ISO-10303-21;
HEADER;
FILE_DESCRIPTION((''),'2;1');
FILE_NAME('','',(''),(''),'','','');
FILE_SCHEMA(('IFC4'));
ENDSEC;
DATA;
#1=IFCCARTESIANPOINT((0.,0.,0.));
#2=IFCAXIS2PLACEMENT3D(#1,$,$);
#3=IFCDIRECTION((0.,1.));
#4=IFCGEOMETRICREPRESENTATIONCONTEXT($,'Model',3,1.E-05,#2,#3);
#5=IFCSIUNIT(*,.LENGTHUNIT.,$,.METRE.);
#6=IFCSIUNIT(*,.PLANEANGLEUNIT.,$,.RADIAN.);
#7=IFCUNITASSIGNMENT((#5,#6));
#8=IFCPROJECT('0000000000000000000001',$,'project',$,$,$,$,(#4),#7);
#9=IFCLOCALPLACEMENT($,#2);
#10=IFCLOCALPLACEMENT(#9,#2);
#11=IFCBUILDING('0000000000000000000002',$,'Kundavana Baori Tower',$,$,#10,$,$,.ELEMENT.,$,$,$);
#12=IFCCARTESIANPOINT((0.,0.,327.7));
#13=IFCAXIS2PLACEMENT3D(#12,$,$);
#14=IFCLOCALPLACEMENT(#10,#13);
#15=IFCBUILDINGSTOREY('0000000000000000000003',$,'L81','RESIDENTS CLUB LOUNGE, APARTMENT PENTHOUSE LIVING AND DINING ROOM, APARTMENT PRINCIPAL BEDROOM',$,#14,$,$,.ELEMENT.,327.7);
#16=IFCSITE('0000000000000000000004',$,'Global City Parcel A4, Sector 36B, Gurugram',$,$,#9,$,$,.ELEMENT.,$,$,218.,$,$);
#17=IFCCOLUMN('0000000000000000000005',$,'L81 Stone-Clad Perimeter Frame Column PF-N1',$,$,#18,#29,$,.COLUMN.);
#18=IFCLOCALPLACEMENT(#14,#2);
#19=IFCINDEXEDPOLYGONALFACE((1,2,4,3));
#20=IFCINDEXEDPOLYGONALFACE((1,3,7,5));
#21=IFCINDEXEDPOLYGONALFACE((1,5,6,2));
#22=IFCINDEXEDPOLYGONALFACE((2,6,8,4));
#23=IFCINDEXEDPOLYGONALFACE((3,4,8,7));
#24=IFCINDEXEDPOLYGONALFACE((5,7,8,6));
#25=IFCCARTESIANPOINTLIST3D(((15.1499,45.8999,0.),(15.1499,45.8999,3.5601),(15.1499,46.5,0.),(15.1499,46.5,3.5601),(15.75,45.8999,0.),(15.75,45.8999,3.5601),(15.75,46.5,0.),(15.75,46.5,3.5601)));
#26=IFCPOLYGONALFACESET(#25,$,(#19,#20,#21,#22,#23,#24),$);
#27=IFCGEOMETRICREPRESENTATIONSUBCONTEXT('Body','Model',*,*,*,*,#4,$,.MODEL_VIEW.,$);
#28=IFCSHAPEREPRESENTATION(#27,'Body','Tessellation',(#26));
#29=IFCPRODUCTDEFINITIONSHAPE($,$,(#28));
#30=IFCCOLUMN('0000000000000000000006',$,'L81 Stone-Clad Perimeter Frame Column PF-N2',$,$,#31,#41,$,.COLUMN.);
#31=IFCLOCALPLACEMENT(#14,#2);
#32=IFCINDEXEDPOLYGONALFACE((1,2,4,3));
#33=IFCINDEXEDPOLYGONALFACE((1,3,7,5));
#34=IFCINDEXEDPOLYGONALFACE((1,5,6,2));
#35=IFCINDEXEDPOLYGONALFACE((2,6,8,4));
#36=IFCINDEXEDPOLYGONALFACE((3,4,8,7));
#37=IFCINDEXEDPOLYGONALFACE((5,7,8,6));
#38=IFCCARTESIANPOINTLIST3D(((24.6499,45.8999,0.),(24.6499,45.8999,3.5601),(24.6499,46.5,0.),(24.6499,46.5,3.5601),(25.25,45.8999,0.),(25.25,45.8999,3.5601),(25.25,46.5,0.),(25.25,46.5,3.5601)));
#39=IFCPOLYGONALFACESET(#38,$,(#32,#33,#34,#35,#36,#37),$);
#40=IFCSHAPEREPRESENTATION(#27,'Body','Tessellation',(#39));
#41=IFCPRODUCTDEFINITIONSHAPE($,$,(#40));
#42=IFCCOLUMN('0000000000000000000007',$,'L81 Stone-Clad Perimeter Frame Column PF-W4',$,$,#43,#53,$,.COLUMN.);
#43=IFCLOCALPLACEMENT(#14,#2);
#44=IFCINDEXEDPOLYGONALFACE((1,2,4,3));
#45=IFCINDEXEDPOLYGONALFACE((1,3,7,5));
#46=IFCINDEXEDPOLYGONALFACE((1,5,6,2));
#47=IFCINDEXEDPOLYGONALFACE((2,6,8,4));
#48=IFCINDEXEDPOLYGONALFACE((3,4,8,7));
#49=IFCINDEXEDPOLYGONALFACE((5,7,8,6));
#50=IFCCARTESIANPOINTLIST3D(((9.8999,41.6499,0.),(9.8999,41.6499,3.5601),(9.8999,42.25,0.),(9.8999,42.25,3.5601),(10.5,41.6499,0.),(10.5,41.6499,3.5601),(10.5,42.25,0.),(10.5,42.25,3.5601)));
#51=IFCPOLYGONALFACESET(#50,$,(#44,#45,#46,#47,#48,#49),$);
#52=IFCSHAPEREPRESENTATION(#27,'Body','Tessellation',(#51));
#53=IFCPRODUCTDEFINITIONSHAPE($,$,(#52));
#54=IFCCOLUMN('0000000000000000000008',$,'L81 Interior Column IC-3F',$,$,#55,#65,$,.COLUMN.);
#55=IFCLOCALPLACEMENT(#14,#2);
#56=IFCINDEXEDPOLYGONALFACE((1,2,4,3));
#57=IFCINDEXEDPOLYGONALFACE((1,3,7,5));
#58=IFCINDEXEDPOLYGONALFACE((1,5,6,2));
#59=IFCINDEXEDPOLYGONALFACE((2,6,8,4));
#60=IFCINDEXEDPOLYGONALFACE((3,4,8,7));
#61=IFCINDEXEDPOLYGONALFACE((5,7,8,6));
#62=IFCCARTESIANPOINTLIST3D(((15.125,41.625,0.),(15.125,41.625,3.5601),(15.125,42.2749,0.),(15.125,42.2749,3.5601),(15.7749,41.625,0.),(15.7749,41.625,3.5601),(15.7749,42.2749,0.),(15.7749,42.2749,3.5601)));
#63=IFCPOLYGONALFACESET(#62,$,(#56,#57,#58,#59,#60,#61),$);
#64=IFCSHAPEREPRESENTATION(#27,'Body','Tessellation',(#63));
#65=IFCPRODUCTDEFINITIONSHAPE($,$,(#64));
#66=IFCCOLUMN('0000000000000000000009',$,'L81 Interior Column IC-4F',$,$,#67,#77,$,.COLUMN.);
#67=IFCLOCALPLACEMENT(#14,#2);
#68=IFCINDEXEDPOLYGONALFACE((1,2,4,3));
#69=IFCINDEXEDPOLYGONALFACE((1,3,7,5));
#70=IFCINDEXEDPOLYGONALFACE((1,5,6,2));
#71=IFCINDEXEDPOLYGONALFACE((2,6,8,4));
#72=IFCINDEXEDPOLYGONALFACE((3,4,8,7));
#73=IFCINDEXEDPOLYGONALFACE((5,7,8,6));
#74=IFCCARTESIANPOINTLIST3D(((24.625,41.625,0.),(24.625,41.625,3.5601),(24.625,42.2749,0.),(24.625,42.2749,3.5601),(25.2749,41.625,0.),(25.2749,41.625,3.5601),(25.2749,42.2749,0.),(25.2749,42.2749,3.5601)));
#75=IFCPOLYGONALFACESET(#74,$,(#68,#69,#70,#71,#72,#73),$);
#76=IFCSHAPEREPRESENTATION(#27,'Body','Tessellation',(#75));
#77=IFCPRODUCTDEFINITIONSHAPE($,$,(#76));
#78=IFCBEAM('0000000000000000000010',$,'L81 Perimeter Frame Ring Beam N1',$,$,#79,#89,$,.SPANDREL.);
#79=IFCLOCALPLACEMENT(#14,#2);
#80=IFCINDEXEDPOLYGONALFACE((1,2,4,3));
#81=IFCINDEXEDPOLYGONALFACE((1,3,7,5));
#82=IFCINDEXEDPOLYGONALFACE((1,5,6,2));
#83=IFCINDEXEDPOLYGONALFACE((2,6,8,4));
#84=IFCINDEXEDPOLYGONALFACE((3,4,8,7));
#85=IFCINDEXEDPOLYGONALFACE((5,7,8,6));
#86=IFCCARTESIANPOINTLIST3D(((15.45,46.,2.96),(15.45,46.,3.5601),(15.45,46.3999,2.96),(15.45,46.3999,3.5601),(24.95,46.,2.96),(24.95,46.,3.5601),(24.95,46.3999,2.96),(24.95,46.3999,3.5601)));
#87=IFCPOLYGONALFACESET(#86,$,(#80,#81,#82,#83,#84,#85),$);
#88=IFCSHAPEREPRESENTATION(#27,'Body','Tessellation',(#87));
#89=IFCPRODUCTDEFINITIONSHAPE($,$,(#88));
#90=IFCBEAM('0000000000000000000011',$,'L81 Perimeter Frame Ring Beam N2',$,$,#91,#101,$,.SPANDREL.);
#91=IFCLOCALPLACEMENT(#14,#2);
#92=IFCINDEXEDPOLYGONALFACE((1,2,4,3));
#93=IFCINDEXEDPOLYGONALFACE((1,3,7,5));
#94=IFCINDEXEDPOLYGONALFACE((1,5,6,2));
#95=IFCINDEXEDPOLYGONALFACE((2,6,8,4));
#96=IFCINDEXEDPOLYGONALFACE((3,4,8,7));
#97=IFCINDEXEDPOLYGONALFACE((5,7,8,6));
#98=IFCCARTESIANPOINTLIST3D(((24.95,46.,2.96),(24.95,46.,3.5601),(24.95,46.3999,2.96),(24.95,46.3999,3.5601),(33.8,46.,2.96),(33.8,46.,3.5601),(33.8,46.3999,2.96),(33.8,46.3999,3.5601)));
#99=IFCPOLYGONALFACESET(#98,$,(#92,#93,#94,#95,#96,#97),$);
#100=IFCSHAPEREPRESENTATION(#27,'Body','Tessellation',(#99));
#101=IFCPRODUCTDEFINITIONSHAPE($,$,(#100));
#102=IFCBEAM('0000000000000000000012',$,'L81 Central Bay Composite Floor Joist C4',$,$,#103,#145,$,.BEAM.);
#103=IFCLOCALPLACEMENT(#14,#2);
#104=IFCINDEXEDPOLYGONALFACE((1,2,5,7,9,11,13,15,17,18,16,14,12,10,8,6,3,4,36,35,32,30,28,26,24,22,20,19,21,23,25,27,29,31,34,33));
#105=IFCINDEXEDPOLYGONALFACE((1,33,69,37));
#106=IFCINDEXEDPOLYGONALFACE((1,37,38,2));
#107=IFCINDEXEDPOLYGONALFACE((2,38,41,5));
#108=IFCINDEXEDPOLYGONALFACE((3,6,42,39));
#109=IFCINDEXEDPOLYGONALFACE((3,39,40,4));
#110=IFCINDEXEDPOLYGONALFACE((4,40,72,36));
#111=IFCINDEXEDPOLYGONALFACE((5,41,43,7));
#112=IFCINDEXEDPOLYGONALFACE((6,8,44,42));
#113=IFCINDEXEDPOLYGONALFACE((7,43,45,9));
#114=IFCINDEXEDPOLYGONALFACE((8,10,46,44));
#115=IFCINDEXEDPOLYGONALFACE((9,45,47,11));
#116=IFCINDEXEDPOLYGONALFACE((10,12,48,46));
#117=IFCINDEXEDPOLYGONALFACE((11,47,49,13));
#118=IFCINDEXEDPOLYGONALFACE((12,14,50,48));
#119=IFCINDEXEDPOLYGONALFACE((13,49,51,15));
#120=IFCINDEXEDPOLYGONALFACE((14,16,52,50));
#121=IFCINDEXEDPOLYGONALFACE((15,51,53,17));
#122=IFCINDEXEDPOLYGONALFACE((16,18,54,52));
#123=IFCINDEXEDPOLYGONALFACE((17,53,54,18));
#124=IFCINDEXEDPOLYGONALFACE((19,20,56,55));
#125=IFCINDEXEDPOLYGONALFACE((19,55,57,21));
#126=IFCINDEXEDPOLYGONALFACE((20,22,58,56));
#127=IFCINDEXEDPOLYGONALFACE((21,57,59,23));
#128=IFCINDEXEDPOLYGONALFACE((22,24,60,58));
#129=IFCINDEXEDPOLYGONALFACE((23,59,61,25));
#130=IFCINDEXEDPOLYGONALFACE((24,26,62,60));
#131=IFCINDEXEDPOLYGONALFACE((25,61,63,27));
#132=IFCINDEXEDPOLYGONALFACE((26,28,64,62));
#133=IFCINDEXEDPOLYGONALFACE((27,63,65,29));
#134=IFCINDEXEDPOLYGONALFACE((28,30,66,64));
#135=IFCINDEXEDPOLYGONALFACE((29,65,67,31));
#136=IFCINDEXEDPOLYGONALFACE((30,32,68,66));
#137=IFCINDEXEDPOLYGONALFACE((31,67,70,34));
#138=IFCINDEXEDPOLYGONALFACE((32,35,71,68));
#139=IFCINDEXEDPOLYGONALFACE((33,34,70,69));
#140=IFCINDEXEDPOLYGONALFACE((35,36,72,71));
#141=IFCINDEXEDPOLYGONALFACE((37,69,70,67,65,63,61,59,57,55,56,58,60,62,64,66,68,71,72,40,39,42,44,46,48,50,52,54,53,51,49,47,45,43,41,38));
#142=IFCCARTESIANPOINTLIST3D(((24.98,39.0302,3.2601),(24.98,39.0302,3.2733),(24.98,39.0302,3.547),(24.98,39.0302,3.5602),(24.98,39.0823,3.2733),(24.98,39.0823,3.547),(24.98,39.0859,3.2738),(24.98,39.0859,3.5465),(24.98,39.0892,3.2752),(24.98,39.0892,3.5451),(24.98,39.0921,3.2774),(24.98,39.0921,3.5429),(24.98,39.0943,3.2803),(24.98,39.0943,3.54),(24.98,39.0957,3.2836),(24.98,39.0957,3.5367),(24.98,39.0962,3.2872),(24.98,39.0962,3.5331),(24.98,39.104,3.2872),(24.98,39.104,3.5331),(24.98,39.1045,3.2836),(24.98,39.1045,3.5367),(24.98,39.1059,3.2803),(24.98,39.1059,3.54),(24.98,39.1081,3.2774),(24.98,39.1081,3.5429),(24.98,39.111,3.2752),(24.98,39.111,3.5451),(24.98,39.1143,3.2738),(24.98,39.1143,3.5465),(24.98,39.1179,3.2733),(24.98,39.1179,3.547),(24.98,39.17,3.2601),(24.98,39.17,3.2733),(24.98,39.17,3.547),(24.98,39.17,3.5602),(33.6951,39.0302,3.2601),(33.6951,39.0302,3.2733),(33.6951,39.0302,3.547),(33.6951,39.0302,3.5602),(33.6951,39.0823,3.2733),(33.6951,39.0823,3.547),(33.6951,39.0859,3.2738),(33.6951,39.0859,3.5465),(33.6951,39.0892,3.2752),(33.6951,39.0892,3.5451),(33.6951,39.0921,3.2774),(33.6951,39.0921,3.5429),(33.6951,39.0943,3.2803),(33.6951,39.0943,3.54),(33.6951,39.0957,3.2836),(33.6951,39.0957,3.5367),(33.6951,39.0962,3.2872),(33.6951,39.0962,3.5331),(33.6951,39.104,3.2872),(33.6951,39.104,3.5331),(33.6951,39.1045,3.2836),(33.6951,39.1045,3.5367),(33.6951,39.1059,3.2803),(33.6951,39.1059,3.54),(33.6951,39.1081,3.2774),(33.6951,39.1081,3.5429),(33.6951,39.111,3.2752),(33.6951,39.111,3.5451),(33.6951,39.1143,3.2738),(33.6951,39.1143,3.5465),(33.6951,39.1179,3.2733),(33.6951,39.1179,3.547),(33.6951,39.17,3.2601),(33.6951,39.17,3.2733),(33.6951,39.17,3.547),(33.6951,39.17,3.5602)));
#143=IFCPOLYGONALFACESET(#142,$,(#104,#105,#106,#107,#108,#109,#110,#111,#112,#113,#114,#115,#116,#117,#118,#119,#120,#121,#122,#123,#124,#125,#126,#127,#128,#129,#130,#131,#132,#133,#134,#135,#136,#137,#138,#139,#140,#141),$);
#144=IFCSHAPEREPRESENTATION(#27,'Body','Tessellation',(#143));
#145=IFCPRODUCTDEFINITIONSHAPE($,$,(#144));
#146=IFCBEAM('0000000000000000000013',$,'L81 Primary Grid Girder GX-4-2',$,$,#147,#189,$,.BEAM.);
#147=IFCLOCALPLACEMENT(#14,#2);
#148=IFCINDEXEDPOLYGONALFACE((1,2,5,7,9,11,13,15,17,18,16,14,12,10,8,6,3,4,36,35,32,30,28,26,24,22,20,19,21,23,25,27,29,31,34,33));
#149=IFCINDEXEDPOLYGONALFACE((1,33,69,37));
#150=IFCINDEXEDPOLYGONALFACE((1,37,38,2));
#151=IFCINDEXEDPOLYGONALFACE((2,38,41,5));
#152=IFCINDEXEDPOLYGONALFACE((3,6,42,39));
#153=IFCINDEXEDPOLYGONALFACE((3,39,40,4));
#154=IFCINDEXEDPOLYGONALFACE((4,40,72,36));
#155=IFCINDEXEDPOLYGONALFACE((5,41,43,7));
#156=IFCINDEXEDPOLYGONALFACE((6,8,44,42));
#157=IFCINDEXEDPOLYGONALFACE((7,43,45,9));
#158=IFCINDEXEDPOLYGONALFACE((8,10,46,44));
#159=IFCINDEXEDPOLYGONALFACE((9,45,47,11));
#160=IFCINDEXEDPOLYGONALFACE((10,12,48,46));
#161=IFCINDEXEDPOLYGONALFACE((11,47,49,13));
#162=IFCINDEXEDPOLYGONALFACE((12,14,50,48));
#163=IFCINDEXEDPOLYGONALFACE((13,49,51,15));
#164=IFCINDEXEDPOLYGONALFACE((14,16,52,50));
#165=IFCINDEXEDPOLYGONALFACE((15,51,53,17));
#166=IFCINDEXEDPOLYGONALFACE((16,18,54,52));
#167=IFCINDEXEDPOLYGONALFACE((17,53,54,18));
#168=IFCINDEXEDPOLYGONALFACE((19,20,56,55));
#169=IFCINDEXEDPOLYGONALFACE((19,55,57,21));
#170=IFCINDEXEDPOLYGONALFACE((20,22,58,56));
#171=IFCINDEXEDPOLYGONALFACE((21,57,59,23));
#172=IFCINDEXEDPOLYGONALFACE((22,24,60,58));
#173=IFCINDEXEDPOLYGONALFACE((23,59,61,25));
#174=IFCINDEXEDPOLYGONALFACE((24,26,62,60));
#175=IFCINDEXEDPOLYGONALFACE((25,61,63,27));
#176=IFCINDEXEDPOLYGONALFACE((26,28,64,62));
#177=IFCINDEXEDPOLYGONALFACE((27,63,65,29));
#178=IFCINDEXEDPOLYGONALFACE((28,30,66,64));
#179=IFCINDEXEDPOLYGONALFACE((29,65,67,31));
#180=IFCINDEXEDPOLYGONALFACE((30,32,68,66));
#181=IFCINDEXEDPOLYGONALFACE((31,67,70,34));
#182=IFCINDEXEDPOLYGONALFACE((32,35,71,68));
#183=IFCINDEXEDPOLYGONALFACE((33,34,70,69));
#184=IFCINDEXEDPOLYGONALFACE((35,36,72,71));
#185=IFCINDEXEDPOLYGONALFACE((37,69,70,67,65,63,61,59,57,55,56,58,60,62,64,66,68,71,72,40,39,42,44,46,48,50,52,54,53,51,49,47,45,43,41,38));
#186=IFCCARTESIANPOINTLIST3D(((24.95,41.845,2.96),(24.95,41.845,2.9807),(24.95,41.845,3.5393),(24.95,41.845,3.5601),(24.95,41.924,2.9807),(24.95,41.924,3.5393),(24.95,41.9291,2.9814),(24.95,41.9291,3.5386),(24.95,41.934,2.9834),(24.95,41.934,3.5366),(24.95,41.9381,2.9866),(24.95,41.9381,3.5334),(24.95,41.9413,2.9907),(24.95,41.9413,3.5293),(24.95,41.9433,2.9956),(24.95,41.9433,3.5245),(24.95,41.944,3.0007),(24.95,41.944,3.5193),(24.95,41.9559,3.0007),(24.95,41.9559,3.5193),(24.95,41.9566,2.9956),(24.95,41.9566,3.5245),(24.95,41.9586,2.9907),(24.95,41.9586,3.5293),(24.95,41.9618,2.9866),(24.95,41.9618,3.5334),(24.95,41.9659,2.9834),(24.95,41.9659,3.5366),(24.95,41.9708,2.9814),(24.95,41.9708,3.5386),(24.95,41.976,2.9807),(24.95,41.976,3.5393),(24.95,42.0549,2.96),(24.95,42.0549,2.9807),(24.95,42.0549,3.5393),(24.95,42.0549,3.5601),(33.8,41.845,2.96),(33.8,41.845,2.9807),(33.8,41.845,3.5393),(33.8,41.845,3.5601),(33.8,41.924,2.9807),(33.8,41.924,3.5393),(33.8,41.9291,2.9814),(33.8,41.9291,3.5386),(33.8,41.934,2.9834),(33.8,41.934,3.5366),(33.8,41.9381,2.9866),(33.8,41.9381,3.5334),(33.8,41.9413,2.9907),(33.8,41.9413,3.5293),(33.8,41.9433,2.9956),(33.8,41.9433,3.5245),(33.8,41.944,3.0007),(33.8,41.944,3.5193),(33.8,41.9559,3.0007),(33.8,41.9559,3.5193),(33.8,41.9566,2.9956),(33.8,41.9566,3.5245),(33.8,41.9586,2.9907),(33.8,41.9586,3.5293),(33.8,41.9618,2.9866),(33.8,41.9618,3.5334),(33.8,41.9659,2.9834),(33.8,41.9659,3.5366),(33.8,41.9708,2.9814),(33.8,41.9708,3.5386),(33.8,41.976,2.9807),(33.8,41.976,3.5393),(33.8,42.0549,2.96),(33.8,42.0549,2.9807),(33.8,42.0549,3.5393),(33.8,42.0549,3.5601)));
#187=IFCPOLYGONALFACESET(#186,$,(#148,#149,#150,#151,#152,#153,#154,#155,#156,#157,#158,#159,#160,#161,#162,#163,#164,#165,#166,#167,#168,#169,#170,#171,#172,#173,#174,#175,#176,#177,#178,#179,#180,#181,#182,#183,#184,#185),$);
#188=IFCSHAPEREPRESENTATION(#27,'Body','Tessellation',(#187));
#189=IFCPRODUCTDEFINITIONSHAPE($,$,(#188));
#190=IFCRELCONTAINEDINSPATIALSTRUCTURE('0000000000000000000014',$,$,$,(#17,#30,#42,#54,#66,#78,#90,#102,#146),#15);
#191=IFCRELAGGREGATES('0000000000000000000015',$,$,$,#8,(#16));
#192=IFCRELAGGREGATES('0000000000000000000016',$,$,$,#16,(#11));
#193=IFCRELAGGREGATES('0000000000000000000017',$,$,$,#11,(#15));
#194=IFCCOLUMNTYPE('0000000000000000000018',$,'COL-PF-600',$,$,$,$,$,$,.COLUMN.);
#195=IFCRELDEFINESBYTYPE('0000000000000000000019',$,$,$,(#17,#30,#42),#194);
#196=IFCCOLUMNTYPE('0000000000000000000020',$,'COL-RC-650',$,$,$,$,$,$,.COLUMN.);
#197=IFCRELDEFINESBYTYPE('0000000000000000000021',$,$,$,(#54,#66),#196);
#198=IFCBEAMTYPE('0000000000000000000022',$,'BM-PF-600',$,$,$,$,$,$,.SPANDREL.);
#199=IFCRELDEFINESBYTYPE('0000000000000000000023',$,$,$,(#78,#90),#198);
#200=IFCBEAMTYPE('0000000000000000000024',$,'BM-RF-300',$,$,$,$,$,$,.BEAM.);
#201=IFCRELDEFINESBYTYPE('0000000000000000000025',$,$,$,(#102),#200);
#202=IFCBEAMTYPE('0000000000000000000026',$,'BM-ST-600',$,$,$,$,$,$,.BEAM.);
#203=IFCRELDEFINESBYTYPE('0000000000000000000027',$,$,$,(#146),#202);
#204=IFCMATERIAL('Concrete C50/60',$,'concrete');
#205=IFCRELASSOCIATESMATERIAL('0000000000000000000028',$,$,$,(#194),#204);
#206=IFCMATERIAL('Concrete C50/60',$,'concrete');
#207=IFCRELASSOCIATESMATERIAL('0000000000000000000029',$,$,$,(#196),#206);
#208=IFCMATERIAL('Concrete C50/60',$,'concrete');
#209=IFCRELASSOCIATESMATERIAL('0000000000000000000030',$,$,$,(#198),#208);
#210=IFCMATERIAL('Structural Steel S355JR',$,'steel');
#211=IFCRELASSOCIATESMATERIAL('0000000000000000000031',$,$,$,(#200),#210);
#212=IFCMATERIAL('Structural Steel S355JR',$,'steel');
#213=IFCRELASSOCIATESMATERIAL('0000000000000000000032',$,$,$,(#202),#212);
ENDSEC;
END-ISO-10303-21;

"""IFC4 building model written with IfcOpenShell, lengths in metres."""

from ifc_helpers import new_model, si_unit, direction, frame, origin, origin_2d, place, context, subcontext, project, spatial, rectangle, i_section, extrude, material, material_profile, profile_set, type_object, element, save


model = new_model("IFC4")

# Units and contexts
model_context = context("Model", 3, precision=1e-05, world=origin(), true_north=direction((0.0, 1.0)))
body_context = subcontext(model_context, "Body", "Model", "MODEL_VIEW")
ifc_project = project(units=[si_unit("LENGTHUNIT", "METRE"), si_unit("PLANEANGLEUNIT", "RADIAN")], contexts=[model_context])

# Site, building, storey
site_placement = place(None, origin())
site = spatial("IfcSite", under=ifc_project, at=site_placement, Name="Global City Parcel A4, Sector 36B, Gurugram", CompositionType="ELEMENT", RefElevation=218.0)
building_placement = place(site_placement, origin())
building = spatial("IfcBuilding", under=site, at=building_placement, Name="Kundavana Baori Tower", CompositionType="ELEMENT")
storey_placement = place(building_placement, frame((0.0, 0.0, 327.7)))
storey = spatial("IfcBuildingStorey", under=building, at=storey_placement, Name="L81", Description="RESIDENTS CLUB LOUNGE, APARTMENT PENTHOUSE LIVING AND DINING ROOM, APARTMENT PRINCIPAL BEDROOM", CompositionType="ELEMENT", Elevation=327.7)

# Columns
ifc_material_1 = material(Name="Concrete C50/60", Category="concrete")
ifc_material_profile_1 = material_profile(ifc_material_1, rectangle(XDim=0.6001, YDim=0.6001, at=origin_2d()), Name="RC PF 600x600")
ifc_profile_set_1 = profile_set([ifc_material_profile_1], Name="Concrete C50/60")
column_type_1 = type_object("IfcColumnType", Name="COL-PF-600", PredefinedType="COLUMN", material=ifc_profile_set_1)
for number, where, z_axis, x_axis, name in (
    (1, (15.45, 46.2, 0.0), (0.0, 0.0, 1.0), (1.0, 0.0, 0.0), "L81 Stone-Clad Perimeter Frame Column PF-N1"),
    (2, (24.95, 46.2, 0.0), (0.0, 0.0, 1.0), (1.0, 0.0, 0.0), "L81 Stone-Clad Perimeter Frame Column PF-N2"),
    (3, (10.2, 41.95, 0.0), (0.0, 0.0, 1.0), (1.0, 0.0, 0.0), "L81 Stone-Clad Perimeter Frame Column PF-W4"),
):
    element("IfcColumn", number, at=place(storey_placement, frame(where, z_axis=z_axis, x_axis=x_axis)), inside=storey, type_object=column_type_1, Name=name, PredefinedType="COLUMN", context=body_context, shape_type="SweptSolid", body=[
        extrude(rectangle(XDim=0.6001, YDim=0.6001, at=origin_2d()), origin(), (0.0, 0.0, 1.0), 3.5601),
    ])
ifc_material_2 = material(Name="Concrete C50/60", Category="concrete")
ifc_material_profile_2 = material_profile(ifc_material_2, rectangle(XDim=0.6499, YDim=0.6499, at=origin_2d()), Name="RC 650x650")
ifc_profile_set_2 = profile_set([ifc_material_profile_2], Name="Concrete C50/60")
column_type_2 = type_object("IfcColumnType", Name="COL-RC-650", PredefinedType="COLUMN", material=ifc_profile_set_2)
for number, where, z_axis, x_axis, name in (
    (4, (15.45, 41.95, 0.0), (0.0, 0.0, 1.0), (1.0, 0.0, 0.0), "L81 Interior Column IC-3F"),
    (5, (24.95, 41.95, 0.0), (0.0, 0.0, 1.0), (1.0, 0.0, 0.0), "L81 Interior Column IC-4F"),
):
    element("IfcColumn", number, at=place(storey_placement, frame(where, z_axis=z_axis, x_axis=x_axis)), inside=storey, type_object=column_type_2, Name=name, PredefinedType="COLUMN", context=body_context, shape_type="SweptSolid", body=[
        extrude(rectangle(XDim=0.6499, YDim=0.6499, at=origin_2d()), origin(), (0.0, 0.0, 1.0), 3.5601),
    ])

# Beams
ifc_material_3 = material(Name="Concrete C50/60", Category="concrete")
ifc_material_profile_3 = material_profile(ifc_material_3, rectangle(XDim=0.3999, YDim=0.6001, at=origin_2d()), Name="RC BM 400x600")
ifc_profile_set_3 = profile_set([ifc_material_profile_3], Name="Concrete C50/60")
beam_type_1 = type_object("IfcBeamType", Name="BM-PF-600", PredefinedType="SPANDREL", material=ifc_profile_set_3)
beam_1_placement = place(storey_placement, frame((15.45, 46.2, 3.26), z_axis=(1.0, 0.0, 0.0), x_axis=(0.0, 1.0, 0.0)))
element("IfcBeam", 6, at=beam_1_placement, inside=storey, type_object=beam_type_1, Name="L81 Perimeter Frame Ring Beam N1", PredefinedType="SPANDREL", context=body_context, shape_type="SweptSolid", body=[
    extrude(rectangle(XDim=0.3999, YDim=0.6001, at=origin_2d()), origin(), (0.0, 0.0, 1.0), 9.5),
])
beam_2_placement = place(storey_placement, frame((24.95, 46.2, 3.26), z_axis=(1.0, 0.0, 0.0), x_axis=(0.0, 1.0, 0.0)))
element("IfcBeam", 7, at=beam_2_placement, inside=storey, type_object=beam_type_1, Name="L81 Perimeter Frame Ring Beam N2", PredefinedType="SPANDREL", context=body_context, shape_type="SweptSolid", body=[
    extrude(rectangle(XDim=0.3999, YDim=0.6001, at=origin_2d()), origin(), (0.0, 0.0, 1.0), 8.8501),
])
ifc_material_4 = material(Name="Structural Steel S355JR", Category="steel")
ifc_material_profile_4 = material_profile(ifc_material_4, i_section(OverallWidth=0.1399, OverallDepth=0.3, WebThickness=0.0078, FlangeThickness=0.0132, FilletRadius=0.0139, at=origin_2d()), Name="ISMB 300")
ifc_profile_set_4 = profile_set([ifc_material_profile_4], Name="Structural Steel S355JR")
beam_type_2 = type_object("IfcBeamType", Name="BM-RF-300", PredefinedType="BEAM", material=ifc_profile_set_4)
beam_3_placement = place(storey_placement, frame((24.98, 39.1001, 3.4102), z_axis=(1.0, 0.0, 0.0), x_axis=(0.0, 1.0, 0.0)))
element("IfcBeam", 8, at=beam_3_placement, inside=storey, type_object=beam_type_2, Name="L81 Central Bay Composite Floor Joist C4", PredefinedType="BEAM", context=body_context, shape_type="SweptSolid", body=[
    extrude(i_section(OverallWidth=0.1399, OverallDepth=0.3, WebThickness=0.0078, FlangeThickness=0.0132, FilletRadius=0.0139, at=origin_2d()), origin(), (0.0, 0.0, 1.0), 8.7151),
])
ifc_material_5 = material(Name="Structural Steel S355JR", Category="steel")
ifc_material_profile_5 = material_profile(ifc_material_5, i_section(OverallWidth=0.21, OverallDepth=0.6001, WebThickness=0.012, FlangeThickness=0.0208, FilletRadius=0.02, at=origin_2d()), Name="ISMB 600")
ifc_profile_set_5 = profile_set([ifc_material_profile_5], Name="Structural Steel S355JR")
beam_type_3 = type_object("IfcBeamType", Name="BM-ST-600", PredefinedType="BEAM", material=ifc_profile_set_5)
beam_4_placement = place(storey_placement, frame((24.95, 41.95, 3.26), z_axis=(1.0, 0.0, 0.0), x_axis=(0.0, 1.0, 0.0)))
element("IfcBeam", 9, at=beam_4_placement, inside=storey, type_object=beam_type_3, Name="L81 Primary Grid Girder GX-4-2", PredefinedType="BEAM", context=body_context, shape_type="SweptSolid", body=[
    extrude(i_section(OverallWidth=0.21, OverallDepth=0.6001, WebThickness=0.012, FlangeThickness=0.0208, FilletRadius=0.02, at=origin_2d()), origin(), (0.0, 0.0, 1.0), 8.8501),
])

save(model, "model.ifc")
